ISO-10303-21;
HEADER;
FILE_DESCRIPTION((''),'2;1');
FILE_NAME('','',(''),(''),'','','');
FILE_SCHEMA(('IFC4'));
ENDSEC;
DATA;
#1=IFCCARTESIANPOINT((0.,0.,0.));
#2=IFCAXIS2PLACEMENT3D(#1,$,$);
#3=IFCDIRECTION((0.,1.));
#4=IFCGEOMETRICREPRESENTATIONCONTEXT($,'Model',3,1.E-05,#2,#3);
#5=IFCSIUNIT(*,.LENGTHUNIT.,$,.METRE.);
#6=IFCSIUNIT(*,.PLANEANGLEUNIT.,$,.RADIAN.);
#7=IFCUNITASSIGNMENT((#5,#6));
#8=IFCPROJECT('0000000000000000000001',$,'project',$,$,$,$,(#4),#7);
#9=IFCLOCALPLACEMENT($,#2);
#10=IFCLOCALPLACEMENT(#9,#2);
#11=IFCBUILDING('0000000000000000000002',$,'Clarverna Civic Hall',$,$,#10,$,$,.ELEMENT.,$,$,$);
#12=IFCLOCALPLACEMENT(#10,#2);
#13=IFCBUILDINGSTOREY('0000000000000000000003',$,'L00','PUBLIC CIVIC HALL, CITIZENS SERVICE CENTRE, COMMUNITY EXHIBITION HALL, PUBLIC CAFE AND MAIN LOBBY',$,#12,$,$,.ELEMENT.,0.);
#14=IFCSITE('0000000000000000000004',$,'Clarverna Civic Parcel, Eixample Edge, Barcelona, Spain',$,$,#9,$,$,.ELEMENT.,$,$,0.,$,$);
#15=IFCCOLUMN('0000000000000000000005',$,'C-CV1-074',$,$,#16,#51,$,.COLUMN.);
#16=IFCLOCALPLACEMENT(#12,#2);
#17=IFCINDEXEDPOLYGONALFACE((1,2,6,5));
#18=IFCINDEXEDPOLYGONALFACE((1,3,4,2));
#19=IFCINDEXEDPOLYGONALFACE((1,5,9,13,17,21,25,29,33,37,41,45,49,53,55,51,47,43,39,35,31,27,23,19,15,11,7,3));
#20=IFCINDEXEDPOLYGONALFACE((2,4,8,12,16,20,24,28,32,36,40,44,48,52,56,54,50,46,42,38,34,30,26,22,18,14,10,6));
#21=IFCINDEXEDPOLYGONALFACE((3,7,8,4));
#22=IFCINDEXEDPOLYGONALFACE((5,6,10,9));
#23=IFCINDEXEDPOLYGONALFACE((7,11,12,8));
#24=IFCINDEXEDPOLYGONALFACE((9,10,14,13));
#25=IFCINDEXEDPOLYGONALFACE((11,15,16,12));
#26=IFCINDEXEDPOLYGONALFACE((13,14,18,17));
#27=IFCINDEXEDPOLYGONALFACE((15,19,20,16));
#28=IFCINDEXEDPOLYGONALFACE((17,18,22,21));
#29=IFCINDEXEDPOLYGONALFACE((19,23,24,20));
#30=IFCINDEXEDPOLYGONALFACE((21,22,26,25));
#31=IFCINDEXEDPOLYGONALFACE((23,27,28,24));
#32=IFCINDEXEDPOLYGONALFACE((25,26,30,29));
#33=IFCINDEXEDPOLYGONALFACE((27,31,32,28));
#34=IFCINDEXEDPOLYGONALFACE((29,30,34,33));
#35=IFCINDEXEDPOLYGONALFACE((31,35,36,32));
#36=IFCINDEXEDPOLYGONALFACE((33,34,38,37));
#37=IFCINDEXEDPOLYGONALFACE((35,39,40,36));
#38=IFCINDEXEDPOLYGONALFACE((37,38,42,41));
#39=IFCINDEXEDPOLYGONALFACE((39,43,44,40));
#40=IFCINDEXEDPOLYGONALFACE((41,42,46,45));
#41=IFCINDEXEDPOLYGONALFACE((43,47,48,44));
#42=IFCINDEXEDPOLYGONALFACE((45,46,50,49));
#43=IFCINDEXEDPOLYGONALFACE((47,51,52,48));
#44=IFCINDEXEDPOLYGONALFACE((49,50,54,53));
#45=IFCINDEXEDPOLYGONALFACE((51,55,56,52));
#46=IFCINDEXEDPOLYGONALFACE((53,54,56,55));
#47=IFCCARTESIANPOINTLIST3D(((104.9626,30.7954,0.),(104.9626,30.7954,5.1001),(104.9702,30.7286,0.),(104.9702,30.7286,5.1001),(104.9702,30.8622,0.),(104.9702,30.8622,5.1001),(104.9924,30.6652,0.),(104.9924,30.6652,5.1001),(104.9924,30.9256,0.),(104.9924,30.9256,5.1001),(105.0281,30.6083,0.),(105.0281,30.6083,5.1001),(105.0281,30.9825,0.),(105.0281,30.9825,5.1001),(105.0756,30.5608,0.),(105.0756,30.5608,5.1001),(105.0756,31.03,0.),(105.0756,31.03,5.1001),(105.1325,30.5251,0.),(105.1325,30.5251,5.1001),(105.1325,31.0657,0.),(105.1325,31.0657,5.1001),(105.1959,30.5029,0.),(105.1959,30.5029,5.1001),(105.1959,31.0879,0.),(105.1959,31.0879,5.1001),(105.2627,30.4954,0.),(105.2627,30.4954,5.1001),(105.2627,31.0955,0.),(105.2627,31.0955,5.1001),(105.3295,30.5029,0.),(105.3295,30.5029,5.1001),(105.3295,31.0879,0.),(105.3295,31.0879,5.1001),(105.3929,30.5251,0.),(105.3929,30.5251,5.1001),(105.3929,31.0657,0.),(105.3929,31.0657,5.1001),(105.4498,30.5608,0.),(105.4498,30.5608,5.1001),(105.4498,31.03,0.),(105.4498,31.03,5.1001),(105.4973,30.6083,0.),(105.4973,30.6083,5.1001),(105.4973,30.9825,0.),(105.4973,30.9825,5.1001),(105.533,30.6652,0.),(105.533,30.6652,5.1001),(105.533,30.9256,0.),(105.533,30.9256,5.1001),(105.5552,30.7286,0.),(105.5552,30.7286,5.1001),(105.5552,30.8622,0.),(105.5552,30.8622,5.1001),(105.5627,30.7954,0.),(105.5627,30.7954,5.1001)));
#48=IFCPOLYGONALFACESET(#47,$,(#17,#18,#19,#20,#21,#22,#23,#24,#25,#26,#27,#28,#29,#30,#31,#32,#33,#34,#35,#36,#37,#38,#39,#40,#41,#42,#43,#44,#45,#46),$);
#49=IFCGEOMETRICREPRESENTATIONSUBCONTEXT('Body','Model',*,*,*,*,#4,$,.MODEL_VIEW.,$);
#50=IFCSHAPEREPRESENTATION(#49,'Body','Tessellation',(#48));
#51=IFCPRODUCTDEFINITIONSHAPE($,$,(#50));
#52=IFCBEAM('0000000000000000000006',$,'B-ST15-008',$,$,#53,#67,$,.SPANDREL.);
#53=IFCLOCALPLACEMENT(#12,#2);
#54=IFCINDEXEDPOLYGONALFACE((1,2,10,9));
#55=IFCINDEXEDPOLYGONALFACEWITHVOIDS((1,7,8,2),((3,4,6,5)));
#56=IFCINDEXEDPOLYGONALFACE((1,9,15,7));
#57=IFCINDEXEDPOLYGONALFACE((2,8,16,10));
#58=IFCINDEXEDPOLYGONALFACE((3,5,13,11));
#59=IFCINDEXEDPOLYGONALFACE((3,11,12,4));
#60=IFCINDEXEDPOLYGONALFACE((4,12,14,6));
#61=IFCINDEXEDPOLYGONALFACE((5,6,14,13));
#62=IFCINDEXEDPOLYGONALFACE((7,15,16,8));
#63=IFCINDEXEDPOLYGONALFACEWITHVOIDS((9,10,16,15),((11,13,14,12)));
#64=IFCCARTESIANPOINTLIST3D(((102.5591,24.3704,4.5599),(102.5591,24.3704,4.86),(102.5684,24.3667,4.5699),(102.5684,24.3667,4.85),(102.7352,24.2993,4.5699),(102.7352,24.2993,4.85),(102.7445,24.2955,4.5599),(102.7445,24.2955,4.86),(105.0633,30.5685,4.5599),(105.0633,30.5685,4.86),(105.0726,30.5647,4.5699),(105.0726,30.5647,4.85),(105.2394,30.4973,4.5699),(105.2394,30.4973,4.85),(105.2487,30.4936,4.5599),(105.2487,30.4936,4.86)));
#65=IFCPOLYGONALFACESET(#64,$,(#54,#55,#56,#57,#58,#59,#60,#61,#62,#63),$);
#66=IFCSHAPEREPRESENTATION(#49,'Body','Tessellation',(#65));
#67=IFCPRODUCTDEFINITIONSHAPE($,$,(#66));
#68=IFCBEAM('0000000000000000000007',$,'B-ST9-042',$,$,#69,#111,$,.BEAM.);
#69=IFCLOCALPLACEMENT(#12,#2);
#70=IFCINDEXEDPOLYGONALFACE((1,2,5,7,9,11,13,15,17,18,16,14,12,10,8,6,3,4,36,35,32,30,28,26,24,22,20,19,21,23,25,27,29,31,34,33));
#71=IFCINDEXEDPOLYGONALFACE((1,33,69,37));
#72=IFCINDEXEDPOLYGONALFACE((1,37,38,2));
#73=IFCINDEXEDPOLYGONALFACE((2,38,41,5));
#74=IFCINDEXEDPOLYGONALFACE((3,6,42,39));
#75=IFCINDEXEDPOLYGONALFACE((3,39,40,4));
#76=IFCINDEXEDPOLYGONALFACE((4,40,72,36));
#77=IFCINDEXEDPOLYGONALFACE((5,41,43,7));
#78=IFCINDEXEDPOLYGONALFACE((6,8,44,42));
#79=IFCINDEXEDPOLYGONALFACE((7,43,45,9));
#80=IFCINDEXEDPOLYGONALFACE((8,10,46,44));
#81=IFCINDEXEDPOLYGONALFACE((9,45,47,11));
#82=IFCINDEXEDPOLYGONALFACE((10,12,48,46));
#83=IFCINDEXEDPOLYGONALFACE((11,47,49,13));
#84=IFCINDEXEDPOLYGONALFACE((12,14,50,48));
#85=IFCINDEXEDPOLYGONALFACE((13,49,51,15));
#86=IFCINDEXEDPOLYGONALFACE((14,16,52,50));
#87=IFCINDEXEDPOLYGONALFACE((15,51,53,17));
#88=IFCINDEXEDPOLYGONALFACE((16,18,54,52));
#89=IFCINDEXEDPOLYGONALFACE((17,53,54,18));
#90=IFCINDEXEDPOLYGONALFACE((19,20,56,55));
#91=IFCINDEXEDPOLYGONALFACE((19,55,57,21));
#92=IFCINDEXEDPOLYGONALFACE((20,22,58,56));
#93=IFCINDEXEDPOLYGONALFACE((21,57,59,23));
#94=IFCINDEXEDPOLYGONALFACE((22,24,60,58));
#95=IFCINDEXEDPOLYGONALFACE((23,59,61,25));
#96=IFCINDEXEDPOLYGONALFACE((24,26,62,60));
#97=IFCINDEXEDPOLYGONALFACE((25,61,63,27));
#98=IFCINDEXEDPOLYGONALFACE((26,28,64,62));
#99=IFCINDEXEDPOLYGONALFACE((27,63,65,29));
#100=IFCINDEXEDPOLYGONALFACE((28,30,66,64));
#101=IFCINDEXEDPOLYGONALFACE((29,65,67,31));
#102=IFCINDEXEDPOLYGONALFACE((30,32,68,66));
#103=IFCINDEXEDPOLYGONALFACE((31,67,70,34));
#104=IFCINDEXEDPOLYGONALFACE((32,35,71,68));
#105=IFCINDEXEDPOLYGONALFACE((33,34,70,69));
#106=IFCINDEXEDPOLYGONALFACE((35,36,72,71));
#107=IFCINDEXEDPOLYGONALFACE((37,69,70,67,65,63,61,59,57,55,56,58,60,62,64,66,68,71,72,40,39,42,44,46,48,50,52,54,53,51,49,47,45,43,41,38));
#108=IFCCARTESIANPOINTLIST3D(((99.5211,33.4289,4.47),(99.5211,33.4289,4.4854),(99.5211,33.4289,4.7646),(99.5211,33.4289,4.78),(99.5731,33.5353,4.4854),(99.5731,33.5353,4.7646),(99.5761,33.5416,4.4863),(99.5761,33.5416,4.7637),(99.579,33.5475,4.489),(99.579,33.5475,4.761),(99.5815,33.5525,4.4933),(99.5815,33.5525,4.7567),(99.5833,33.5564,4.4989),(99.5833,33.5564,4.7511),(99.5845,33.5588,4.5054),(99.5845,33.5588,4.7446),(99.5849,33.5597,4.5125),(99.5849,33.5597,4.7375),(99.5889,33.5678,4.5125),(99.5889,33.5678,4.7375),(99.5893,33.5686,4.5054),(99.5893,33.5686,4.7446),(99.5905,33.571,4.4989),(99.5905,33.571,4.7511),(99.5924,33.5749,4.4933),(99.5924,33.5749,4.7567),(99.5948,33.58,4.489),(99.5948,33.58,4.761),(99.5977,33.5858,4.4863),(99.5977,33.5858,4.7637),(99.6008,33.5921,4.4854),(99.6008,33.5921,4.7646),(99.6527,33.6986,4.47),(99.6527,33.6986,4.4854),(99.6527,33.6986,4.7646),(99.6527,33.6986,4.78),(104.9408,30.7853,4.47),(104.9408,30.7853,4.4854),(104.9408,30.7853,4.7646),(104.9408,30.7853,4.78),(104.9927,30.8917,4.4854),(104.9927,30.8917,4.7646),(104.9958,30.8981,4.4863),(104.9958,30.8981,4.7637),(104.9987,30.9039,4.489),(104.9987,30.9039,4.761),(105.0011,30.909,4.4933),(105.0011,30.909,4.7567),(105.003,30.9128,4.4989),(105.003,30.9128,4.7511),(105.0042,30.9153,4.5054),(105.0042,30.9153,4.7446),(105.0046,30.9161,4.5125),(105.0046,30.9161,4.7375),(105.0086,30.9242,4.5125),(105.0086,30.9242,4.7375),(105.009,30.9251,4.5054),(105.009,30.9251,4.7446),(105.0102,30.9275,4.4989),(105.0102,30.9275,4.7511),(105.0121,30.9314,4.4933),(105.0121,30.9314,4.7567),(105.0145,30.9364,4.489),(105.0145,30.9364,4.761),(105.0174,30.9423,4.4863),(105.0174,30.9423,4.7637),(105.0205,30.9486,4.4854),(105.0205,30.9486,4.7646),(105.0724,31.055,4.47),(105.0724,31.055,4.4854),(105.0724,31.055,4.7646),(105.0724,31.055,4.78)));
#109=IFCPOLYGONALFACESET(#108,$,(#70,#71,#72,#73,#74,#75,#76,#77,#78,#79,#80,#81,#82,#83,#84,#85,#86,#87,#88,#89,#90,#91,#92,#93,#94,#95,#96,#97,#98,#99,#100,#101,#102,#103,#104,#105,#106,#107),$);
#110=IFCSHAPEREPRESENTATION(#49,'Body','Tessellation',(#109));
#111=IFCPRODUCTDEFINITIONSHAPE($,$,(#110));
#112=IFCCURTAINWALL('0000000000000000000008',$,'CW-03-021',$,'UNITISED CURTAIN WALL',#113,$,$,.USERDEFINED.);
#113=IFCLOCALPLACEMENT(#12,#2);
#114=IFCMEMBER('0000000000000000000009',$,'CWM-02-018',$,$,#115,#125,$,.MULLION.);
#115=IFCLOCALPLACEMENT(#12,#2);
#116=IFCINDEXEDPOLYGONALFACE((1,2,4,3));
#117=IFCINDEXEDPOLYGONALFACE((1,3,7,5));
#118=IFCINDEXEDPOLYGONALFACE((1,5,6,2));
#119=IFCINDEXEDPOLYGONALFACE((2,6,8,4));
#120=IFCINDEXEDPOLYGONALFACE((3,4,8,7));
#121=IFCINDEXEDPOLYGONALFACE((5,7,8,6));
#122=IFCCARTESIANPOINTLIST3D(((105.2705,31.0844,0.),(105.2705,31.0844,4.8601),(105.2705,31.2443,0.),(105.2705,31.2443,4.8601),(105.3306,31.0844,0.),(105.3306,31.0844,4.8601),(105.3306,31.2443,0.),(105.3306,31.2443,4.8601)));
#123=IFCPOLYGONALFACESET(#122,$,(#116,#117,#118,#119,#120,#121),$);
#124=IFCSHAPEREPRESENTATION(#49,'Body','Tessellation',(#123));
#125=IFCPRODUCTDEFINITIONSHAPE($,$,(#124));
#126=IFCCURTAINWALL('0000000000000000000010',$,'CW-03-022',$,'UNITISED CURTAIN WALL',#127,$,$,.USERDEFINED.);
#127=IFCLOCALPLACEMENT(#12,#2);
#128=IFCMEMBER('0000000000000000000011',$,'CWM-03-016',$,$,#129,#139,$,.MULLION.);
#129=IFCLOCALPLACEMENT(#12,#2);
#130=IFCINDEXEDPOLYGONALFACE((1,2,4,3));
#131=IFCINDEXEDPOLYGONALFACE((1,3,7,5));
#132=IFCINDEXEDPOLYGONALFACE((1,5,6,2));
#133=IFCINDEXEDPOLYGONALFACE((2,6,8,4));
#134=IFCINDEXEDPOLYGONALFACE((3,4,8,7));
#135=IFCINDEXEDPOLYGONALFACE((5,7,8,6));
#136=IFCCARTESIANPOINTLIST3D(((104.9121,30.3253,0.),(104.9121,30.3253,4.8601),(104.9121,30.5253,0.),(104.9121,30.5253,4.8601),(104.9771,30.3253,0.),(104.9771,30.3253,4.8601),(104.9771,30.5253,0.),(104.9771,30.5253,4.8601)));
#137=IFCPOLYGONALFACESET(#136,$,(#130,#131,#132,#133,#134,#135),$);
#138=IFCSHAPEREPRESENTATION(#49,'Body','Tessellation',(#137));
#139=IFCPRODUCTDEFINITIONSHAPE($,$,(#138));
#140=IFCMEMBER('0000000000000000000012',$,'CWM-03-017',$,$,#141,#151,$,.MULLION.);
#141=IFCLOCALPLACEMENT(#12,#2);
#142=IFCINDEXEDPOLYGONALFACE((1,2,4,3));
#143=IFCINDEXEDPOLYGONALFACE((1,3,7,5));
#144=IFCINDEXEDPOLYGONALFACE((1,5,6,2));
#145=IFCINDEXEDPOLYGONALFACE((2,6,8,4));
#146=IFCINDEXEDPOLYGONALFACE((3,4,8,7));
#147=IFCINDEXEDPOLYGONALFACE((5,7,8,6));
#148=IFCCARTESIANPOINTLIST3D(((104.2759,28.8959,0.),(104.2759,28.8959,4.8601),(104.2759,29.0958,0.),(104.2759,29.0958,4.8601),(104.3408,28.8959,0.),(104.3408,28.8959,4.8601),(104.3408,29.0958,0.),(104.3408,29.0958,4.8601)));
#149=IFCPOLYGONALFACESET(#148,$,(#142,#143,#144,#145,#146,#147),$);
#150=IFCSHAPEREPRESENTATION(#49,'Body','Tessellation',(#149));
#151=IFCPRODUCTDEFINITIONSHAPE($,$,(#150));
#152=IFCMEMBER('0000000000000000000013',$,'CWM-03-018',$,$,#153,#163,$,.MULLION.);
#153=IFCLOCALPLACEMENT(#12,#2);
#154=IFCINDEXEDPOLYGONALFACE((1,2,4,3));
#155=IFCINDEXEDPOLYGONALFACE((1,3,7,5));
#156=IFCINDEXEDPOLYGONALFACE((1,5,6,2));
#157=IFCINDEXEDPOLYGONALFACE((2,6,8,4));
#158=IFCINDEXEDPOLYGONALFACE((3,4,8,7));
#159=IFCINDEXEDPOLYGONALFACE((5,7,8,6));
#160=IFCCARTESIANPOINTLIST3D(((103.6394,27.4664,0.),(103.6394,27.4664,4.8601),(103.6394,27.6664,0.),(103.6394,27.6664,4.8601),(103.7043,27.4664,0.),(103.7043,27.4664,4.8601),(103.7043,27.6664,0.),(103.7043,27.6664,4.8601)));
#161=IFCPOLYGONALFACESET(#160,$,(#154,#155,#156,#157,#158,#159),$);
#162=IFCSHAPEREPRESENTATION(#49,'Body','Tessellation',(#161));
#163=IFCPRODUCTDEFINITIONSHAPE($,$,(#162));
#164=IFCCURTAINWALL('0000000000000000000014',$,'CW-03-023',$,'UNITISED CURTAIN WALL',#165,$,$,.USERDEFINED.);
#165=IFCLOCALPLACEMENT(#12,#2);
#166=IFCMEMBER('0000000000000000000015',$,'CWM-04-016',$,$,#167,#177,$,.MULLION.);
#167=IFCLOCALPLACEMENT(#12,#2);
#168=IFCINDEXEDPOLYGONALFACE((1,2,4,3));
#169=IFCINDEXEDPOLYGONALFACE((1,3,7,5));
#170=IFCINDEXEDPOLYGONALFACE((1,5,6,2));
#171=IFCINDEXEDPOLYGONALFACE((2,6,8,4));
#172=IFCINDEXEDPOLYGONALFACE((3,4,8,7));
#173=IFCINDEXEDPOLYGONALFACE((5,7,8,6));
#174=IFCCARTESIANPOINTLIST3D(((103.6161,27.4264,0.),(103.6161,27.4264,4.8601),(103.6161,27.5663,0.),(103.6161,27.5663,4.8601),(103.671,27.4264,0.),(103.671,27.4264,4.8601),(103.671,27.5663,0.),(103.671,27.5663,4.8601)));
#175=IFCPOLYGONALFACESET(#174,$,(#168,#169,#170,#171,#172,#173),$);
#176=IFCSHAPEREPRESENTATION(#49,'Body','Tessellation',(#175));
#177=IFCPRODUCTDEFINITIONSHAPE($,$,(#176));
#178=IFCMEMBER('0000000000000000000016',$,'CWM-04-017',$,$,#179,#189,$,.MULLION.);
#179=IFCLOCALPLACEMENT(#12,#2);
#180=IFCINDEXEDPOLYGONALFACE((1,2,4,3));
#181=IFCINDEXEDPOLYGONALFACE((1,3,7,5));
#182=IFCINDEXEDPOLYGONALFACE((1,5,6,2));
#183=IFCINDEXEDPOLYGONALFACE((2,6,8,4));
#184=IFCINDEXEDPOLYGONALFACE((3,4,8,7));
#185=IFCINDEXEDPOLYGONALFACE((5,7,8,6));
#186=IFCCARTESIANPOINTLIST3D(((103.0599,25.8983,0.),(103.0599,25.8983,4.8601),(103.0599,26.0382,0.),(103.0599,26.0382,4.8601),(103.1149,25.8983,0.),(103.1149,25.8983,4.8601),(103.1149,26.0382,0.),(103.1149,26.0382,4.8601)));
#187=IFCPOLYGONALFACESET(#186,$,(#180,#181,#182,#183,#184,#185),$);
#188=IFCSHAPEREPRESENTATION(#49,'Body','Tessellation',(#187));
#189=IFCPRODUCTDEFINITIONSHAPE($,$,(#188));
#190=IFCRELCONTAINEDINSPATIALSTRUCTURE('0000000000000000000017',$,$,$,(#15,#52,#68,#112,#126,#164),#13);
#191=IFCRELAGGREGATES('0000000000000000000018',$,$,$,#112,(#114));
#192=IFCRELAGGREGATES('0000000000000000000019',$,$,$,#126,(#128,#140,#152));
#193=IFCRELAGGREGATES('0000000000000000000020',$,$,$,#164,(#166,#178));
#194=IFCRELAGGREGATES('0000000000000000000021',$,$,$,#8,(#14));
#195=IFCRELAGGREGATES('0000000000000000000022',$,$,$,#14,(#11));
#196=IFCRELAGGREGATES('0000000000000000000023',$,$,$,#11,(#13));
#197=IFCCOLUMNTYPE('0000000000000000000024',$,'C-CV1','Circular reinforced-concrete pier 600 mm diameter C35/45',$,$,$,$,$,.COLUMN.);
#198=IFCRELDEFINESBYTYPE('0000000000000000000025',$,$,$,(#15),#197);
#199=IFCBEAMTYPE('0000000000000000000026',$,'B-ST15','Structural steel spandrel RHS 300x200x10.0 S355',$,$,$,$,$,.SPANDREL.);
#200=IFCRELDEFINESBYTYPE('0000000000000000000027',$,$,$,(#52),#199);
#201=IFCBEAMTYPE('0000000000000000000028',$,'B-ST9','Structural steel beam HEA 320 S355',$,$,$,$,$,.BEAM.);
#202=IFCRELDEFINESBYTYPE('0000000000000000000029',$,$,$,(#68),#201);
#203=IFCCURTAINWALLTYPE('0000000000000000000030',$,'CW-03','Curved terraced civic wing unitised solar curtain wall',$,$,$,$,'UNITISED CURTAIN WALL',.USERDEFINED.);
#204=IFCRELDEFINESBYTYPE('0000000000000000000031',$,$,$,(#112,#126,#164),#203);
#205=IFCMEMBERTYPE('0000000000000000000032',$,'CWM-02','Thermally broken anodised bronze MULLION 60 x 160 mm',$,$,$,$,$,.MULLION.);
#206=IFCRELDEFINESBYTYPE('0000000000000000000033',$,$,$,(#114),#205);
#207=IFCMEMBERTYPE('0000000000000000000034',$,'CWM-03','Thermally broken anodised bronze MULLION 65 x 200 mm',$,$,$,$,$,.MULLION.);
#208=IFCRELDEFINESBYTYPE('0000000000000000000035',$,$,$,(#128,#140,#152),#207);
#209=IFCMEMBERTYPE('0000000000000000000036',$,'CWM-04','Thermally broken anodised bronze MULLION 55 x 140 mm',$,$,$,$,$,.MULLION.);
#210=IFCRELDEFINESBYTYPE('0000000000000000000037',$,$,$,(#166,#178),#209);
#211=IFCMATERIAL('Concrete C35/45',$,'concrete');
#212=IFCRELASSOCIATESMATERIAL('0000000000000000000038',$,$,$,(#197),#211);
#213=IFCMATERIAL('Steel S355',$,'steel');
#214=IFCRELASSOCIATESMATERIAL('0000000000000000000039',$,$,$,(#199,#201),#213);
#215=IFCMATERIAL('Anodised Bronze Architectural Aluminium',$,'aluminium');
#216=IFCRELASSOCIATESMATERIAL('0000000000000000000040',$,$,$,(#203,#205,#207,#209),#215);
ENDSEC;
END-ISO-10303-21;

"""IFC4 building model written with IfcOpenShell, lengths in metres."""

from ifc_helpers import new_model, si_unit, direction, frame, origin, origin_2d, place, context, subcontext, project, spatial, rectangle, hollow_rectangle, circle, i_section, extrude, material, material_profile, profile_set, type_object, element, aggregate, save


model = new_model("IFC4")

# Units and contexts
model_context = context("Model", 3, precision=1e-05, world=origin(), true_north=direction((0.0, 1.0)))
body_context = subcontext(model_context, "Body", "Model", "MODEL_VIEW")
ifc_project = project(units=[si_unit("LENGTHUNIT", "METRE"), si_unit("PLANEANGLEUNIT", "RADIAN")], contexts=[model_context])

# Site, building, storey
site_placement = place(None, origin())
site = spatial("IfcSite", under=ifc_project, at=site_placement, Name="Clarverna Civic Parcel, Eixample Edge, Barcelona, Spain", CompositionType="ELEMENT", RefElevation=0.0)
building_placement = place(site_placement, origin())
building = spatial("IfcBuilding", under=site, at=building_placement, Name="Clarverna Civic Hall", CompositionType="ELEMENT")
storey_placement = place(building_placement, origin())
storey = spatial("IfcBuildingStorey", under=building, at=storey_placement, Name="L00", Description="PUBLIC CIVIC HALL, CITIZENS SERVICE CENTRE, COMMUNITY EXHIBITION HALL, PUBLIC CAFE AND MAIN LOBBY", CompositionType="ELEMENT", Elevation=0.0)

# Column
ifc_material_1 = material(Name="Concrete C35/45", Category="concrete")
ifc_material_profile_1 = material_profile(ifc_material_1, circle(Radius=0.3, at=origin_2d()), Name="RC D600")
ifc_profile_set_1 = profile_set([ifc_material_profile_1], Name="Concrete C35/45")
column_type = type_object("IfcColumnType", Name="C-CV1", Description="Circular reinforced-concrete pier 600 mm diameter C35/45", PredefinedType="COLUMN", material=ifc_profile_set_1)
column_placement = place(storey_placement, frame((105.2627, 30.7954, 0.0), z_axis=(0.0, 0.0, 1.0), x_axis=(1.0, 0.0, 0.0)))
element("IfcColumn", 1, at=column_placement, inside=storey, type_object=column_type, Name="C-CV1-074", PredefinedType="COLUMN", context=body_context, shape_type="SweptSolid", body=[
    extrude(circle(Radius=0.3, at=origin_2d()), origin(), (0.0, 0.0, 1.0), 5.1001),
])

# Beams
ifc_material_2 = material(Name="Steel S355", Category="steel")
ifc_material_profile_2 = material_profile(ifc_material_2, hollow_rectangle(XDim=0.2, YDim=0.3, WallThickness=0.01, at=origin_2d()), Name="RHS 300x200x10.0")
ifc_profile_set_2 = profile_set([ifc_material_profile_2], Name="Steel S355")
beam_type_1 = type_object("IfcBeamType", Name="B-ST15", Description="Structural steel spandrel RHS 300x200x10.0 S355", PredefinedType="SPANDREL", material=ifc_profile_set_2)
beam_1_placement = place(storey_placement, frame((105.156, 30.531, 4.71), z_axis=(-0.374606, -0.927184, 0.0), x_axis=(0.927184, -0.374606, 0.0)))
element("IfcBeam", 2, at=beam_1_placement, inside=storey, type_object=beam_type_1, Name="B-ST15-008", PredefinedType="SPANDREL", context=body_context, shape_type="SweptSolid", body=[
    extrude(hollow_rectangle(XDim=0.2, YDim=0.3, WallThickness=0.01, at=origin_2d()), origin(), (0.0, 0.0, 1.0), 6.6848),
])
ifc_material_profile_3 = material_profile(ifc_material_2, i_section(OverallWidth=0.3, OverallDepth=0.3101, WebThickness=0.009, FlangeThickness=0.0154, FilletRadius=0.0271, at=origin_2d()), Name="HEA 320")
ifc_profile_set_3 = profile_set([ifc_material_profile_3], Name="Steel S355")
beam_type_2 = type_object("IfcBeamType", Name="B-ST9", Description="Structural steel beam HEA 320 S355", PredefinedType="BEAM", material=ifc_profile_set_3)
beam_2_placement = place(storey_placement, frame((105.0066, 30.9202, 4.625), z_axis=(-0.898781, 0.438398, 0.0), x_axis=(-0.438398, -0.898781, 0.0)))
element("IfcBeam", 3, at=beam_2_placement, inside=storey, type_object=beam_type_2, Name="B-ST9-042", PredefinedType="BEAM", context=body_context, shape_type="SweptSolid", body=[
    extrude(i_section(OverallWidth=0.3, OverallDepth=0.3101, WebThickness=0.009, FlangeThickness=0.0154, FilletRadius=0.0271, at=origin_2d()), origin(), (0.0, 0.0, 1.0), 6.03),
])

# Curtain wall, member
ifc_material_3 = material(Name="Anodised Bronze Architectural Aluminium", Category="aluminium")
curtain_wall_type = type_object("IfcCurtainWallType", Name="CW-03", Description="Curved terraced civic wing unitised solar curtain wall", ElementType="UNITISED CURTAIN WALL", PredefinedType="USERDEFINED", material=ifc_material_3)
curtain_wall_1_placement = place(storey_placement, origin())
curtain_wall_1 = element("IfcCurtainWall", 4, at=curtain_wall_1_placement, inside=storey, type_object=curtain_wall_type, Name="CW-03-021", ObjectType="UNITISED CURTAIN WALL", PredefinedType="USERDEFINED")
ifc_material_profile_4 = material_profile(ifc_material_3, rectangle(XDim=0.0601, YDim=0.1599, at=origin_2d()), Name="BRONZE 60x160")
ifc_profile_set_4 = profile_set([ifc_material_profile_4], Name="Anodised Bronze Architectural Aluminium")
member_type_1 = type_object("IfcMemberType", Name="CWM-02", Description="Thermally broken anodised bronze MULLION 60 x 160 mm", PredefinedType="MULLION", material=ifc_profile_set_4)
member_1_placement = place(storey_placement, frame((105.3005, 31.1643, 0.0), z_axis=(0.0, 0.0, 1.0), x_axis=(1.0, 0.0, 0.0)))
member_1 = element("IfcMember", 5, at=member_1_placement, type_object=member_type_1, Name="CWM-02-018", PredefinedType="MULLION", context=body_context, shape_type="SweptSolid", body=[
    extrude(rectangle(XDim=0.0601, YDim=0.1599, at=origin_2d()), origin(), (0.0, 0.0, 1.0), 4.8601),
])
aggregate(curtain_wall_1, [member_1])

# Curtain walls, members
curtain_wall_2_placement = place(storey_placement, origin())
curtain_wall_2 = element("IfcCurtainWall", 6, at=curtain_wall_2_placement, inside=storey, type_object=curtain_wall_type, Name="CW-03-022", ObjectType="UNITISED CURTAIN WALL", PredefinedType="USERDEFINED")
ifc_material_profile_5 = material_profile(ifc_material_3, rectangle(XDim=0.0649, YDim=0.2, at=origin_2d()), Name="BRONZE 65x200")
ifc_profile_set_5 = profile_set([ifc_material_profile_5], Name="Anodised Bronze Architectural Aluminium")
member_type_2 = type_object("IfcMemberType", Name="CWM-03", Description="Thermally broken anodised bronze MULLION 65 x 200 mm", PredefinedType="MULLION", material=ifc_profile_set_5)
member_2_placement = place(storey_placement, frame((104.9446, 30.4253, 0.0), z_axis=(0.0, 0.0, 1.0), x_axis=(1.0, 0.0, 0.0)))
member_2 = element("IfcMember", 7, at=member_2_placement, type_object=member_type_2, Name="CWM-03-016", PredefinedType="MULLION", context=body_context, shape_type="SweptSolid", body=[
    extrude(rectangle(XDim=0.0649, YDim=0.2, at=origin_2d()), origin(), (0.0, 0.0, 1.0), 4.8601),
])
member_3_placement = place(storey_placement, frame((104.3083, 28.9958, 0.0), z_axis=(0.0, 0.0, 1.0), x_axis=(1.0, 0.0, 0.0)))
member_3 = element("IfcMember", 8, at=member_3_placement, type_object=member_type_2, Name="CWM-03-017", PredefinedType="MULLION", context=body_context, shape_type="SweptSolid", body=[
    extrude(rectangle(XDim=0.0649, YDim=0.2, at=origin_2d()), origin(), (0.0, 0.0, 1.0), 4.8601),
])
member_4_placement = place(storey_placement, frame((103.6719, 27.5664, 0.0), z_axis=(0.0, 0.0, 1.0), x_axis=(1.0, 0.0, 0.0)))
member_4 = element("IfcMember", 9, at=member_4_placement, type_object=member_type_2, Name="CWM-03-018", PredefinedType="MULLION", context=body_context, shape_type="SweptSolid", body=[
    extrude(rectangle(XDim=0.0649, YDim=0.2, at=origin_2d()), origin(), (0.0, 0.0, 1.0), 4.8601),
])
curtain_wall_3_placement = place(storey_placement, origin())
curtain_wall_3 = element("IfcCurtainWall", 10, at=curtain_wall_3_placement, inside=storey, type_object=curtain_wall_type, Name="CW-03-023", ObjectType="UNITISED CURTAIN WALL", PredefinedType="USERDEFINED")
ifc_material_profile_6 = material_profile(ifc_material_3, rectangle(XDim=0.0549, YDim=0.1399, at=origin_2d()), Name="BRONZE 55x140")
ifc_profile_set_6 = profile_set([ifc_material_profile_6], Name="Anodised Bronze Architectural Aluminium")
member_type_3 = type_object("IfcMemberType", Name="CWM-04", Description="Thermally broken anodised bronze MULLION 55 x 140 mm", PredefinedType="MULLION", material=ifc_profile_set_6)
member_5_placement = place(storey_placement, frame((103.6436, 27.4963, 0.0), z_axis=(0.0, 0.0, 1.0), x_axis=(1.0, 0.0, 0.0)))
member_5 = element("IfcMember", 11, at=member_5_placement, type_object=member_type_3, Name="CWM-04-016", PredefinedType="MULLION", context=body_context, shape_type="SweptSolid", body=[
    extrude(rectangle(XDim=0.0549, YDim=0.1399, at=origin_2d()), origin(), (0.0, 0.0, 1.0), 4.8601),
])
member_6_placement = place(storey_placement, frame((103.0874, 25.9683, 0.0), z_axis=(0.0, 0.0, 1.0), x_axis=(1.0, 0.0, 0.0)))
member_6 = element("IfcMember", 12, at=member_6_placement, type_object=member_type_3, Name="CWM-04-017", PredefinedType="MULLION", context=body_context, shape_type="SweptSolid", body=[
    extrude(rectangle(XDim=0.0549, YDim=0.1399, at=origin_2d()), origin(), (0.0, 0.0, 1.0), 4.8601),
])

aggregate(curtain_wall_2, [member_2, member_3, member_4])
aggregate(curtain_wall_3, [member_5, member_6])

save(model, "model.ifc")
